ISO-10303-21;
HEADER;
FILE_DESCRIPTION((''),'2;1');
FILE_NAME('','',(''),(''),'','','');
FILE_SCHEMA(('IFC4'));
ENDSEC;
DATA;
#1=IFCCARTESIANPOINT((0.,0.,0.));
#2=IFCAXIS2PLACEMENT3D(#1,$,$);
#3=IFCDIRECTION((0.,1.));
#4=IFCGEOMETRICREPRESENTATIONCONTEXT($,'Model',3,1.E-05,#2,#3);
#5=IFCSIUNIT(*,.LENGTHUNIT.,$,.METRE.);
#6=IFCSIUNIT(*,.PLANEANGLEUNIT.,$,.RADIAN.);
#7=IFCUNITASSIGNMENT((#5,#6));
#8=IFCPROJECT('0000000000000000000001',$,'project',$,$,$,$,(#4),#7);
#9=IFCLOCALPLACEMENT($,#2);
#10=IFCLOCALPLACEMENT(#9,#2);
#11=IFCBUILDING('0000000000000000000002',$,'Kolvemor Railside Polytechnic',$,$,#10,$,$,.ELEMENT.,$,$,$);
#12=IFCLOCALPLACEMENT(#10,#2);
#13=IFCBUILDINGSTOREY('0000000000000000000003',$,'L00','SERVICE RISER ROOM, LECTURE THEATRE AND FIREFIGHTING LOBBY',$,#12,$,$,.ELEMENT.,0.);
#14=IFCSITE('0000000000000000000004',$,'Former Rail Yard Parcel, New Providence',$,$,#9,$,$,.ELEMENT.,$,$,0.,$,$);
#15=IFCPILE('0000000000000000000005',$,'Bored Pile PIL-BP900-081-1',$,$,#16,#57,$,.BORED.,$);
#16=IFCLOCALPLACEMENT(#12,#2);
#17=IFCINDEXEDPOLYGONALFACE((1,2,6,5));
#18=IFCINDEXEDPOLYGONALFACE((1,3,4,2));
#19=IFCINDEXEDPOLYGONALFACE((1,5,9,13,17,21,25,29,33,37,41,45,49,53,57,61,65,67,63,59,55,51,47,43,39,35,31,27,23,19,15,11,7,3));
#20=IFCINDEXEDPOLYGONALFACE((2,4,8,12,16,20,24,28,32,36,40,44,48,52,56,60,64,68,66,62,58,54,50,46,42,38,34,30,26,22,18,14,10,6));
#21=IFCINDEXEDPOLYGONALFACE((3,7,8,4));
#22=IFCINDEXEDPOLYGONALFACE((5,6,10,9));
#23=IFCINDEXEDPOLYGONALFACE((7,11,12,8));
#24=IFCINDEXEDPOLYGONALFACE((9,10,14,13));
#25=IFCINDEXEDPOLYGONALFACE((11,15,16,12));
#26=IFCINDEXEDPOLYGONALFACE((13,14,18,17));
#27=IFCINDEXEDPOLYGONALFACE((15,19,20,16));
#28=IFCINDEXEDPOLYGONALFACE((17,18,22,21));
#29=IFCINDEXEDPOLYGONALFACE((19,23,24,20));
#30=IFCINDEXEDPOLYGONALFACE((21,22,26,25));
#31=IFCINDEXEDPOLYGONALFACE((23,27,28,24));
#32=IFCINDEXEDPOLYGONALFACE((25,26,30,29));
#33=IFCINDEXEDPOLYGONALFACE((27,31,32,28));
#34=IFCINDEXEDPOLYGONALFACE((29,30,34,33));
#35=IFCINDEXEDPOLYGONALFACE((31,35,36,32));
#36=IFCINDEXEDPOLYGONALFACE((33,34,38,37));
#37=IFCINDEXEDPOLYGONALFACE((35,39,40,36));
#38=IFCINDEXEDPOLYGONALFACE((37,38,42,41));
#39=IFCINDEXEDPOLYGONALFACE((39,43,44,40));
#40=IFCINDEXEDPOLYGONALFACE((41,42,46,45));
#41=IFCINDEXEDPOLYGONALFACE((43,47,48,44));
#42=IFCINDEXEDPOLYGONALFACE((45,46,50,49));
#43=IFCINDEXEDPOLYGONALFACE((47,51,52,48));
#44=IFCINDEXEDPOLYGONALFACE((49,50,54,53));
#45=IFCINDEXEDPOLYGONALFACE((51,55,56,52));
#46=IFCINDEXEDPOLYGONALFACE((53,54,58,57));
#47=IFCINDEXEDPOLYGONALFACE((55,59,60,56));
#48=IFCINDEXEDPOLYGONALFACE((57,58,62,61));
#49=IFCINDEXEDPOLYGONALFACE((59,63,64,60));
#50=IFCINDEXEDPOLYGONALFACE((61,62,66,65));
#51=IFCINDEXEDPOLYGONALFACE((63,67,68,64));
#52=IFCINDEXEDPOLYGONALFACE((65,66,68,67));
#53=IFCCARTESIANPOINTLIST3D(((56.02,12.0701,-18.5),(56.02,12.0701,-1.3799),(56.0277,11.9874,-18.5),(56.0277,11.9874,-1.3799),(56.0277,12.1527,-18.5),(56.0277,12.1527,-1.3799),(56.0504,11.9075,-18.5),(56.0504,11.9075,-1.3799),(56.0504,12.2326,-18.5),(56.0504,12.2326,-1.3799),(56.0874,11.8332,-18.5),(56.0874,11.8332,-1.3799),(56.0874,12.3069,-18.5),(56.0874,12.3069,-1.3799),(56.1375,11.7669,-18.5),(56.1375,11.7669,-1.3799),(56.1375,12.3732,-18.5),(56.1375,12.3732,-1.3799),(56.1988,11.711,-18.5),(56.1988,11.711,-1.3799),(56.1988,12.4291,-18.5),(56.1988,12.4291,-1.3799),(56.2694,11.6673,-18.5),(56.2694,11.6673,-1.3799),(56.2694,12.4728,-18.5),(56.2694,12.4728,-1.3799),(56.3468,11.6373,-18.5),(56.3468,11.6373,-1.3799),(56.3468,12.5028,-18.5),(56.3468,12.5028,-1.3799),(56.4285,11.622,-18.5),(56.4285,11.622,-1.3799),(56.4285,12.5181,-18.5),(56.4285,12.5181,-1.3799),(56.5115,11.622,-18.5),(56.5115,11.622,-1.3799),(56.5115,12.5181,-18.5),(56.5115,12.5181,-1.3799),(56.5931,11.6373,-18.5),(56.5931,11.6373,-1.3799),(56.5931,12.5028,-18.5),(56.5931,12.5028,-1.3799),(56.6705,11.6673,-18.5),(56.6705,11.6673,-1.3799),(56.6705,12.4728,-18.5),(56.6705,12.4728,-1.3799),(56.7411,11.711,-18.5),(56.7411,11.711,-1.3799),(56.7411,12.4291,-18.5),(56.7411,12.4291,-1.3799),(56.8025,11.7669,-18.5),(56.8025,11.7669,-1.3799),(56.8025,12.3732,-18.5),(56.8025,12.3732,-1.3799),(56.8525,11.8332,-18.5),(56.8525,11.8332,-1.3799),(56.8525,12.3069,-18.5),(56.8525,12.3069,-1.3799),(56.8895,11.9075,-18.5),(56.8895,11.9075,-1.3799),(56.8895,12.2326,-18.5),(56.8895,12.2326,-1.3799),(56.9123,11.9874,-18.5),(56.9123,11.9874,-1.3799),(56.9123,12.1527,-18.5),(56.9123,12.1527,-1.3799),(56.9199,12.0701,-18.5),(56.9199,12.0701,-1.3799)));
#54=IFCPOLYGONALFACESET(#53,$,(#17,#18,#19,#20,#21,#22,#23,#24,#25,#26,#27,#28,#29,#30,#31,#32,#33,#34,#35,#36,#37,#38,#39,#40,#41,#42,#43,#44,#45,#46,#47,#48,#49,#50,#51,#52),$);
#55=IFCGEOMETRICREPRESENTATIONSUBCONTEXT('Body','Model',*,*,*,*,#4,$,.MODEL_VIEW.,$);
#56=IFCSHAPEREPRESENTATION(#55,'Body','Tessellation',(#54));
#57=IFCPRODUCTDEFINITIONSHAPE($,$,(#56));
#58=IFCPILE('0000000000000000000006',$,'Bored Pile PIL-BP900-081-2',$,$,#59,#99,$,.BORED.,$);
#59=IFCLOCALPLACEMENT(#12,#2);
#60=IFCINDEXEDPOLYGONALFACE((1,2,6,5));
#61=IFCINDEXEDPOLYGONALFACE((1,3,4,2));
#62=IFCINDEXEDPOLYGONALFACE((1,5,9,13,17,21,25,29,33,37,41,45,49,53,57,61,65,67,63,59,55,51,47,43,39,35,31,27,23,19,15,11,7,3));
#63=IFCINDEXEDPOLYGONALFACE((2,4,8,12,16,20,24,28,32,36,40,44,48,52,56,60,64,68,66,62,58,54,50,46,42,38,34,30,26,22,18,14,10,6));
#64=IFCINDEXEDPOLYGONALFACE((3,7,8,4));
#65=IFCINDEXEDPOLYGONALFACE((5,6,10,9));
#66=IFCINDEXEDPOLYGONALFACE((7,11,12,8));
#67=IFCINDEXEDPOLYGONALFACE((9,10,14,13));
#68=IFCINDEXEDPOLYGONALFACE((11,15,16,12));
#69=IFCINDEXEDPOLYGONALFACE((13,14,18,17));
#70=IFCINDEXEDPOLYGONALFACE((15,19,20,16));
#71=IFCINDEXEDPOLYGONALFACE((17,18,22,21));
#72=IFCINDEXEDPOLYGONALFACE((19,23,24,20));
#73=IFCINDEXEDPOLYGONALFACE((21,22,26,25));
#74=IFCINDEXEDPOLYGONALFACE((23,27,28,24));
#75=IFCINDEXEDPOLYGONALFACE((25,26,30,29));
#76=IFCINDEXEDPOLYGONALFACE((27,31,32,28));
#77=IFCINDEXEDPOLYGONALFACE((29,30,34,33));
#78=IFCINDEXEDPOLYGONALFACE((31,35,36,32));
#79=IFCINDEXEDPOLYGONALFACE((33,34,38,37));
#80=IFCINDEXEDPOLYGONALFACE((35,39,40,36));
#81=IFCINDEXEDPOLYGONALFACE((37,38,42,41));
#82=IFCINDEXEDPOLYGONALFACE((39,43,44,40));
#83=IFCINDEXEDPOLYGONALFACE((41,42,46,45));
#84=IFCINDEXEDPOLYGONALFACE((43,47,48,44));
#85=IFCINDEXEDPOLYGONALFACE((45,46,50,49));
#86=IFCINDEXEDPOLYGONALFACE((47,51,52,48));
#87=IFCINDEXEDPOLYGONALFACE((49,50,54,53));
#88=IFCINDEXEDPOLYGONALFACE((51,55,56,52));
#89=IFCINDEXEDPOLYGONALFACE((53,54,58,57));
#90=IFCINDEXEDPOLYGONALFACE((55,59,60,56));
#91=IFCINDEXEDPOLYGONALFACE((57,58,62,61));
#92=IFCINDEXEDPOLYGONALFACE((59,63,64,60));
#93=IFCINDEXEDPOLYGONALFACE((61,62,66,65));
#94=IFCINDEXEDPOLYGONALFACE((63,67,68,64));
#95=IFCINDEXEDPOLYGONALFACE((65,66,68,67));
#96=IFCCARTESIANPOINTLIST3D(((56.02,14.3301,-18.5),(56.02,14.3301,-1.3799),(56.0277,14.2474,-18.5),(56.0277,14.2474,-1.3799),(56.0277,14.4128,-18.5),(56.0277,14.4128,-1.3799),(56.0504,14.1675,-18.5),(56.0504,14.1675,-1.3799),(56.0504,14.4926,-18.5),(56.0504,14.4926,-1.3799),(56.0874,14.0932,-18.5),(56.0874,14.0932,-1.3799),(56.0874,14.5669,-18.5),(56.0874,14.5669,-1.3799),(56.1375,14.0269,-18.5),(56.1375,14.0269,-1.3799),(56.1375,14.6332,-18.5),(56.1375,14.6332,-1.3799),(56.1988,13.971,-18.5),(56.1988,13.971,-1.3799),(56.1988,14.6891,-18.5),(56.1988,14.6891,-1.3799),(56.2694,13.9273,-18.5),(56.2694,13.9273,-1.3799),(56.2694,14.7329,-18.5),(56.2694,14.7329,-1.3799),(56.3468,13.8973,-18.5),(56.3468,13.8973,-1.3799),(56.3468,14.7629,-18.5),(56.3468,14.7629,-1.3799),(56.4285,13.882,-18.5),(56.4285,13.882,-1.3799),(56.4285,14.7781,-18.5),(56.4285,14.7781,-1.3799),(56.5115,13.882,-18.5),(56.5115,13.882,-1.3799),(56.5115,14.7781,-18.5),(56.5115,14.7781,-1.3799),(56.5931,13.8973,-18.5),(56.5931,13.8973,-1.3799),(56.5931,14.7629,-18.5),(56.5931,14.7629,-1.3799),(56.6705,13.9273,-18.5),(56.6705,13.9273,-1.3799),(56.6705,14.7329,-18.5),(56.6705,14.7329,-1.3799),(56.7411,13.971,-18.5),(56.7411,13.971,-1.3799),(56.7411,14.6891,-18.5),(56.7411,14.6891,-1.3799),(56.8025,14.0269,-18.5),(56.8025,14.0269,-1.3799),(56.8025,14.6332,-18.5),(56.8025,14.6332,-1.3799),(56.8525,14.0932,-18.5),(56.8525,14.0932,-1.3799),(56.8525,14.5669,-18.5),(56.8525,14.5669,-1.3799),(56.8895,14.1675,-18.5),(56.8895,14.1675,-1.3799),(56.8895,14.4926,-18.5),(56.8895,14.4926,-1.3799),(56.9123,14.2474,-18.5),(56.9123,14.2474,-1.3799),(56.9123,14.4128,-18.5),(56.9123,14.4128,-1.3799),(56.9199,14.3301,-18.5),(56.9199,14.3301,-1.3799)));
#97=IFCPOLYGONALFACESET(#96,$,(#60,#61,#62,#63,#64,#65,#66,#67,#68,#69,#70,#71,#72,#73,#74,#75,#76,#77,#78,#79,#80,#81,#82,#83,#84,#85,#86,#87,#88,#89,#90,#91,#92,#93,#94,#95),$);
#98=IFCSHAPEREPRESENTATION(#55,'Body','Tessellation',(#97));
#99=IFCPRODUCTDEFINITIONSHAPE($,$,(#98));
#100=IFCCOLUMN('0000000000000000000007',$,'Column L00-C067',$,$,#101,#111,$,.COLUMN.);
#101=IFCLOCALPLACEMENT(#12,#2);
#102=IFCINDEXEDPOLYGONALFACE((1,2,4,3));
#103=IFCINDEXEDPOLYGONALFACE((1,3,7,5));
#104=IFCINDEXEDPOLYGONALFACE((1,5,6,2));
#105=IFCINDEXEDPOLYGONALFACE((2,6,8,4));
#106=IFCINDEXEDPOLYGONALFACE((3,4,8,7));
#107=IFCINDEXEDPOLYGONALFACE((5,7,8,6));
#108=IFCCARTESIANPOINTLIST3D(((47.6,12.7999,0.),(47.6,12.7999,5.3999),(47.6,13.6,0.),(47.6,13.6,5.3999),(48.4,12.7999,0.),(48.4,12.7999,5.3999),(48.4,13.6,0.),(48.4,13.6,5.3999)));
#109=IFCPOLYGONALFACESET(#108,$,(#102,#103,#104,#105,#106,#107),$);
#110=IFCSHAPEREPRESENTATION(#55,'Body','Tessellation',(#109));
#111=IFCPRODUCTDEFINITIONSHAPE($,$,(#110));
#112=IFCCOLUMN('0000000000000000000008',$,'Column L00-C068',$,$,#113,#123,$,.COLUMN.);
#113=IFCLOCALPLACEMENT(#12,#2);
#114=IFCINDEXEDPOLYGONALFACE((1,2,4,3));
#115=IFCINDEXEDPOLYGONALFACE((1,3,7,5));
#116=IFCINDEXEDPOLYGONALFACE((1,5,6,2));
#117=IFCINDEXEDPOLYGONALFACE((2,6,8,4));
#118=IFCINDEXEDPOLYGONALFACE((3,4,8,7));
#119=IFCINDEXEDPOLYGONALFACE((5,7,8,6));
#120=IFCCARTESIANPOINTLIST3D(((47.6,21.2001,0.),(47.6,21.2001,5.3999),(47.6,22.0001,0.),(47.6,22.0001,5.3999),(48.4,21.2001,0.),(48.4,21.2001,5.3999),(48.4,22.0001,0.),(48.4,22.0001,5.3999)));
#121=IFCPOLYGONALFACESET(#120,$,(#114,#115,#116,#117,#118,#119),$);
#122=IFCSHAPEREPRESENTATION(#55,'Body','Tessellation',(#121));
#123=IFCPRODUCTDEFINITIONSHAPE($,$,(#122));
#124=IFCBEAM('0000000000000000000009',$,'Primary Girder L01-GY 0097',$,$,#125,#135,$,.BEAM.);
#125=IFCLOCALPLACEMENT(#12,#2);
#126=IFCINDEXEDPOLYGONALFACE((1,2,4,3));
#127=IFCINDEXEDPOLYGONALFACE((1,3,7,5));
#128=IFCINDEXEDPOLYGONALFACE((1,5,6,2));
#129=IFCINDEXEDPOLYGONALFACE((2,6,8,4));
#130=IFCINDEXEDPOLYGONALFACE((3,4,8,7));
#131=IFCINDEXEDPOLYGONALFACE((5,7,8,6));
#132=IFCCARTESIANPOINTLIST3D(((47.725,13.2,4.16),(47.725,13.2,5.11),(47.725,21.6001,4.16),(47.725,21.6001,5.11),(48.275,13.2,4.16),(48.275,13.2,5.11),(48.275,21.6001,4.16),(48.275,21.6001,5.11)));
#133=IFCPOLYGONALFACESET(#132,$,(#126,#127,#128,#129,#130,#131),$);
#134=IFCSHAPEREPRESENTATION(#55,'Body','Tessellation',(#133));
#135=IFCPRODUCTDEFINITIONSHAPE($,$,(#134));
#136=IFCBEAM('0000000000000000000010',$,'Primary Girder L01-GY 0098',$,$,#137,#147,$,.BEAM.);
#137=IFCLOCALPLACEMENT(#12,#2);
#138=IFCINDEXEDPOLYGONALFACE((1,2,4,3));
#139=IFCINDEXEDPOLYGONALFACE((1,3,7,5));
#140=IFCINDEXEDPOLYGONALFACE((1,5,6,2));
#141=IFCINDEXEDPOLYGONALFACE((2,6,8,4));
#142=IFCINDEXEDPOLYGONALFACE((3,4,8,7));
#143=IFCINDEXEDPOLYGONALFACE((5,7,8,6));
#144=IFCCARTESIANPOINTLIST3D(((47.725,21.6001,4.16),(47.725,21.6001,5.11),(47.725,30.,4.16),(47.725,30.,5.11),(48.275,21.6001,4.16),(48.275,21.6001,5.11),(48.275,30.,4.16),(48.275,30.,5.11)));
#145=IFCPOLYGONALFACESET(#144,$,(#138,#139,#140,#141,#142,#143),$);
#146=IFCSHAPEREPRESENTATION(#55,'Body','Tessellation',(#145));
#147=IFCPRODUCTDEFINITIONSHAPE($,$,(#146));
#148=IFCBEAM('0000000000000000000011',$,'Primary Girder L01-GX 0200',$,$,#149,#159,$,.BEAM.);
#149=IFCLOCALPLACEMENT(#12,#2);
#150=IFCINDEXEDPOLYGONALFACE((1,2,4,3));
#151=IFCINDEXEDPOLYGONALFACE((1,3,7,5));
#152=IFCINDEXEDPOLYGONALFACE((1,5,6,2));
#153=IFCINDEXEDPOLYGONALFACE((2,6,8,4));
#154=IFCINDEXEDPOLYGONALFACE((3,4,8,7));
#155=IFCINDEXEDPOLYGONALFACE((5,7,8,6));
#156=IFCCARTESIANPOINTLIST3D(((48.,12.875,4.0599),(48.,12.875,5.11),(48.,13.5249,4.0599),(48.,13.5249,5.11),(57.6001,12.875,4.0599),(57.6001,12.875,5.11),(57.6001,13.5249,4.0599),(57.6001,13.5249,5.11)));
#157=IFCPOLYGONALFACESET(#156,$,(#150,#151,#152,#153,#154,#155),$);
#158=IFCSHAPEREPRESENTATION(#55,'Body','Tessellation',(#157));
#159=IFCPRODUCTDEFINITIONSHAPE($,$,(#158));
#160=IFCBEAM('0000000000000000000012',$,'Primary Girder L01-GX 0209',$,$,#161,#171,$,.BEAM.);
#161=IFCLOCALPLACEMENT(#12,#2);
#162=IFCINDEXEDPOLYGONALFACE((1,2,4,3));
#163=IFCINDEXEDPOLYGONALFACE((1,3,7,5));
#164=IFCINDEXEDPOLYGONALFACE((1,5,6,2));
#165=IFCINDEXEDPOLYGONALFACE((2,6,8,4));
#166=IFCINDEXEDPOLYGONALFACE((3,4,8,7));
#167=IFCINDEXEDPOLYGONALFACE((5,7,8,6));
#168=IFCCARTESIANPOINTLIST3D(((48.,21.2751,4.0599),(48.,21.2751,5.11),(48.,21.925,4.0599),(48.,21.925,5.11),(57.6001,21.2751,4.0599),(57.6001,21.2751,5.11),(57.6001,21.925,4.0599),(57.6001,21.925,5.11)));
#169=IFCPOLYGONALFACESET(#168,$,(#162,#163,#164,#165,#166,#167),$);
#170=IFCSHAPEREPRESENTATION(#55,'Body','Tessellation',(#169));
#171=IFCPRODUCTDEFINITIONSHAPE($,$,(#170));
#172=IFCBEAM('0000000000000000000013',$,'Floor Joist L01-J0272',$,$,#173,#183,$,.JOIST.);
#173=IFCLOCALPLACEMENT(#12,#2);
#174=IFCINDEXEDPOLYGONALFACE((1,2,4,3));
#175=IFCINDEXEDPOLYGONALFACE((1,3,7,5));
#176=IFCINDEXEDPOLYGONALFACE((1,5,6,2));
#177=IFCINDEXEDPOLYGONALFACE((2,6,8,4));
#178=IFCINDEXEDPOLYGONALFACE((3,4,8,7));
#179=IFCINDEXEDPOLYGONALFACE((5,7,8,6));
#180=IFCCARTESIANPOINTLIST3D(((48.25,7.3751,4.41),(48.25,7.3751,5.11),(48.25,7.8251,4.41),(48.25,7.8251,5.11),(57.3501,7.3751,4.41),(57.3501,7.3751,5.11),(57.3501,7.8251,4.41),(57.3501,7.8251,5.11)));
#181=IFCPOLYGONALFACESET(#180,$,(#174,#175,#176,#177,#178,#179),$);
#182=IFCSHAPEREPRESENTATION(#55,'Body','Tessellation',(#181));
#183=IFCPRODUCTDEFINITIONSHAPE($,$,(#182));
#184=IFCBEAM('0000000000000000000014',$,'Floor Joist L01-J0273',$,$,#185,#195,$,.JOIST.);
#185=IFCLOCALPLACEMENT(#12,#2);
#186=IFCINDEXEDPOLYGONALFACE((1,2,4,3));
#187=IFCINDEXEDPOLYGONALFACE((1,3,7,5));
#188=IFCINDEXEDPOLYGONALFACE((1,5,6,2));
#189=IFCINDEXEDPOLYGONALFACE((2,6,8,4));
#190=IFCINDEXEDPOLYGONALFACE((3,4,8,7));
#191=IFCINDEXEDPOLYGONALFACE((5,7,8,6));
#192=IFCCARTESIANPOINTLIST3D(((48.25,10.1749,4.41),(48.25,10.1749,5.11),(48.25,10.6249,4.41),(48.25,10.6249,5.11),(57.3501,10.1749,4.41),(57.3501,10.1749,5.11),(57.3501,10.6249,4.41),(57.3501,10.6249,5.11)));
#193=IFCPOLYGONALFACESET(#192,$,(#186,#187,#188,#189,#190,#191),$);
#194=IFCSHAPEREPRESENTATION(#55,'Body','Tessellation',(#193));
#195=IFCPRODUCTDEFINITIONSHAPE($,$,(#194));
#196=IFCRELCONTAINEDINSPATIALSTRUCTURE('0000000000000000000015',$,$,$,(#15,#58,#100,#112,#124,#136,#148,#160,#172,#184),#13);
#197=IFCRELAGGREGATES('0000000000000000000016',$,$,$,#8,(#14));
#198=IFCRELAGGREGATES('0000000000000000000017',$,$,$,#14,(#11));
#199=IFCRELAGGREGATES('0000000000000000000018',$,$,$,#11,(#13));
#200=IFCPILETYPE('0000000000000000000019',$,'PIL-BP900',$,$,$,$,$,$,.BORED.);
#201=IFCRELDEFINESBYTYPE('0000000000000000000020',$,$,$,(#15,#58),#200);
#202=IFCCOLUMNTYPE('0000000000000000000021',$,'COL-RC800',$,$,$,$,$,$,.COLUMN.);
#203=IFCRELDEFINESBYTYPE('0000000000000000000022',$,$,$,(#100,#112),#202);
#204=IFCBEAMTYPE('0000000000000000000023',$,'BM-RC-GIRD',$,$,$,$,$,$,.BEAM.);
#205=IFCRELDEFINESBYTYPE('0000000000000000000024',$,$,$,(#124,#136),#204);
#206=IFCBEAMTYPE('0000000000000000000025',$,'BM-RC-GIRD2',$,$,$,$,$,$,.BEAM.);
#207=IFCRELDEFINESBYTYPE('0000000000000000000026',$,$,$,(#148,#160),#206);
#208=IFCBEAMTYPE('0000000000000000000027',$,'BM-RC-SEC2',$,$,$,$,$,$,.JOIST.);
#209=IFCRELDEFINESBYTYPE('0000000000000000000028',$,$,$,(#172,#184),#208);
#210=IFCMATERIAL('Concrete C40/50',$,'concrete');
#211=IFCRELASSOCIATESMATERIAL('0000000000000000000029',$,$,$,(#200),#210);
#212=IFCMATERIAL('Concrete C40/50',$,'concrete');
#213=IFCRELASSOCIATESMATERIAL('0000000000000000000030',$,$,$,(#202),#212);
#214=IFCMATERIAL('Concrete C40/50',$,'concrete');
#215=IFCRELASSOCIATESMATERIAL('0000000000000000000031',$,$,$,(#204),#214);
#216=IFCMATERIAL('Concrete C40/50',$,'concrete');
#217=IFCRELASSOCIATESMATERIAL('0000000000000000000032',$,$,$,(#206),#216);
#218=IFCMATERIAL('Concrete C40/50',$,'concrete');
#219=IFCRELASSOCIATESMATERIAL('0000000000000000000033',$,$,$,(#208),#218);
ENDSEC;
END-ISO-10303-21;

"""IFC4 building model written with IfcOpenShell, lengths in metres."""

from ifc_helpers import new_model, si_unit, direction, frame, origin, origin_2d, place, context, subcontext, project, spatial, rectangle, circle, extrude, material, material_profile, profile_set, type_object, element, save


model = new_model("IFC4")

# Units and contexts
model_context = context("Model", 3, precision=1e-05, world=origin(), true_north=direction((0.0, 1.0)))
body_context = subcontext(model_context, "Body", "Model", "MODEL_VIEW")
ifc_project = project(units=[si_unit("LENGTHUNIT", "METRE"), si_unit("PLANEANGLEUNIT", "RADIAN")], contexts=[model_context])

# Site, building, storey
site_placement = place(None, origin())
site = spatial("IfcSite", under=ifc_project, at=site_placement, Name="Former Rail Yard Parcel, New Providence", CompositionType="ELEMENT", RefElevation=0.0)
building_placement = place(site_placement, origin())
building = spatial("IfcBuilding", under=site, at=building_placement, Name="Kolvemor Railside Polytechnic", CompositionType="ELEMENT")
storey_placement = place(building_placement, origin())
storey = spatial("IfcBuildingStorey", under=building, at=storey_placement, Name="L00", Description="SERVICE RISER ROOM, LECTURE THEATRE AND FIREFIGHTING LOBBY", CompositionType="ELEMENT", Elevation=0.0)

# Piles
ifc_material_1 = material(Name="Concrete C40/50", Category="concrete")
ifc_material_profile_1 = material_profile(ifc_material_1, circle(Radius=0.45, at=origin_2d()), Name="BP900")
ifc_profile_set_1 = profile_set([ifc_material_profile_1], Name="Concrete C40/50")
pile_type_1 = type_object("IfcPileType", Name="PIL-BP900", PredefinedType="BORED", material=ifc_profile_set_1)
for number, where, z_axis, x_axis, name in (
    (1, (56.47, 12.0701, -1.3799), (0.0, 0.0, -1.0), (1.0, 0.0, 0.0), "Bored Pile PIL-BP900-081-1"),
    (2, (56.47, 14.3301, -1.3799), (0.0, 0.0, -1.0), (1.0, 0.0, 0.0), "Bored Pile PIL-BP900-081-2"),
):
    element("IfcPile", number, at=place(storey_placement, frame(where, z_axis=z_axis, x_axis=x_axis)), inside=storey, type_object=pile_type_1, Name=name, PredefinedType="BORED", context=body_context, shape_type="SweptSolid", body=[
        extrude(circle(Radius=0.45, at=origin_2d()), origin(), (0.0, 0.0, 1.0), 17.1201),
    ])

# Columns
ifc_material_2 = material(Name="Concrete C40/50", Category="concrete")
ifc_material_profile_2 = material_profile(ifc_material_2, rectangle(XDim=0.8, YDim=0.8, at=origin_2d()), Name="RC800x800")
ifc_profile_set_2 = profile_set([ifc_material_profile_2], Name="Concrete C40/50")
column_type = type_object("IfcColumnType", Name="COL-RC800", PredefinedType="COLUMN", material=ifc_profile_set_2)
for number, where, z_axis, x_axis, name in (
    (3, (48.0, 13.2, 0.0), (0.0, 0.0, 1.0), (1.0, 0.0, 0.0), "Column L00-C067"),
    (4, (48.0, 21.6001, 0.0), (0.0, 0.0, 1.0), (1.0, 0.0, 0.0), "Column L00-C068"),
):
    element("IfcColumn", number, at=place(storey_placement, frame(where, z_axis=z_axis, x_axis=x_axis)), inside=storey, type_object=column_type, Name=name, PredefinedType="COLUMN", context=body_context, shape_type="SweptSolid", body=[
        extrude(rectangle(XDim=0.8, YDim=0.8, at=origin_2d()), origin(), (0.0, 0.0, 1.0), 5.3999),
    ])

# Beams
ifc_material_3 = material(Name="Concrete C40/50", Category="concrete")
ifc_material_profile_3 = material_profile(ifc_material_3, rectangle(XDim=0.55, YDim=0.95, at=origin_2d()), Name="RC550x950")
ifc_profile_set_3 = profile_set([ifc_material_profile_3], Name="Concrete C40/50")
beam_type_1 = type_object("IfcBeamType", Name="BM-RC-GIRD", PredefinedType="BEAM", material=ifc_profile_set_3)
beam_1_placement = place(storey_placement, frame((48.0, 13.2, 4.635), z_axis=(0.0, 1.0, 0.0), x_axis=(-1.0, 0.0, 0.0)))
element("IfcBeam", 5, at=beam_1_placement, inside=storey, type_object=beam_type_1, Name="Primary Girder L01-GY 0097", PredefinedType="BEAM", context=body_context, shape_type="SweptSolid", body=[
    extrude(rectangle(XDim=0.55, YDim=0.95, at=origin_2d()), origin(), (0.0, 0.0, 1.0), 8.4001),
])
beam_2_placement = place(storey_placement, frame((48.0, 21.6001, 4.635), z_axis=(0.0, 1.0, 0.0), x_axis=(-1.0, 0.0, 0.0)))
element("IfcBeam", 6, at=beam_2_placement, inside=storey, type_object=beam_type_1, Name="Primary Girder L01-GY 0098", PredefinedType="BEAM", context=body_context, shape_type="SweptSolid", body=[
    extrude(rectangle(XDim=0.55, YDim=0.95, at=origin_2d()), origin(), (0.0, 0.0, 1.0), 8.3999),
])
ifc_material_4 = material(Name="Concrete C40/50", Category="concrete")
ifc_material_profile_4 = material_profile(ifc_material_4, rectangle(XDim=0.6499, YDim=1.05, at=origin_2d()), Name="RC650x1050")
ifc_profile_set_4 = profile_set([ifc_material_profile_4], Name="Concrete C40/50")
beam_type_2 = type_object("IfcBeamType", Name="BM-RC-GIRD2", PredefinedType="BEAM", material=ifc_profile_set_4)
for number, where, z_axis, x_axis, name in (
    (7, (48.0, 13.2, 4.585), (1.0, 0.0, 0.0), (0.0, 1.0, 0.0), "Primary Girder L01-GX 0200"),
    (8, (48.0, 21.6001, 4.585), (1.0, 0.0, 0.0), (0.0, 1.0, 0.0), "Primary Girder L01-GX 0209"),
):
    element("IfcBeam", number, at=place(storey_placement, frame(where, z_axis=z_axis, x_axis=x_axis)), inside=storey, type_object=beam_type_2, Name=name, PredefinedType="BEAM", context=body_context, shape_type="SweptSolid", body=[
        extrude(rectangle(XDim=0.6499, YDim=1.05, at=origin_2d()), origin(), (0.0, 0.0, 1.0), 9.6001),
    ])
ifc_material_5 = material(Name="Concrete C40/50", Category="concrete")
ifc_material_profile_5 = material_profile(ifc_material_5, rectangle(XDim=0.45, YDim=0.7, at=origin_2d()), Name="RC450x700")
ifc_profile_set_5 = profile_set([ifc_material_profile_5], Name="Concrete C40/50")
beam_type_3 = type_object("IfcBeamType", Name="BM-RC-SEC2", PredefinedType="JOIST", material=ifc_profile_set_5)
for number, where, z_axis, x_axis, name in (
    (9, (48.25, 7.6001, 4.76), (1.0, 0.0, 0.0), (0.0, 1.0, 0.0), "Floor Joist L01-J0272"),
    (10, (48.25, 10.3999, 4.76), (1.0, 0.0, 0.0), (0.0, 1.0, 0.0), "Floor Joist L01-J0273"),
):
    element("IfcBeam", number, at=place(storey_placement, frame(where, z_axis=z_axis, x_axis=x_axis)), inside=storey, type_object=beam_type_3, Name=name, PredefinedType="JOIST", context=body_context, shape_type="SweptSolid", body=[
        extrude(rectangle(XDim=0.45, YDim=0.7, at=origin_2d()), origin(), (0.0, 0.0, 1.0), 9.1001),
    ])

save(model, "model.ifc")
